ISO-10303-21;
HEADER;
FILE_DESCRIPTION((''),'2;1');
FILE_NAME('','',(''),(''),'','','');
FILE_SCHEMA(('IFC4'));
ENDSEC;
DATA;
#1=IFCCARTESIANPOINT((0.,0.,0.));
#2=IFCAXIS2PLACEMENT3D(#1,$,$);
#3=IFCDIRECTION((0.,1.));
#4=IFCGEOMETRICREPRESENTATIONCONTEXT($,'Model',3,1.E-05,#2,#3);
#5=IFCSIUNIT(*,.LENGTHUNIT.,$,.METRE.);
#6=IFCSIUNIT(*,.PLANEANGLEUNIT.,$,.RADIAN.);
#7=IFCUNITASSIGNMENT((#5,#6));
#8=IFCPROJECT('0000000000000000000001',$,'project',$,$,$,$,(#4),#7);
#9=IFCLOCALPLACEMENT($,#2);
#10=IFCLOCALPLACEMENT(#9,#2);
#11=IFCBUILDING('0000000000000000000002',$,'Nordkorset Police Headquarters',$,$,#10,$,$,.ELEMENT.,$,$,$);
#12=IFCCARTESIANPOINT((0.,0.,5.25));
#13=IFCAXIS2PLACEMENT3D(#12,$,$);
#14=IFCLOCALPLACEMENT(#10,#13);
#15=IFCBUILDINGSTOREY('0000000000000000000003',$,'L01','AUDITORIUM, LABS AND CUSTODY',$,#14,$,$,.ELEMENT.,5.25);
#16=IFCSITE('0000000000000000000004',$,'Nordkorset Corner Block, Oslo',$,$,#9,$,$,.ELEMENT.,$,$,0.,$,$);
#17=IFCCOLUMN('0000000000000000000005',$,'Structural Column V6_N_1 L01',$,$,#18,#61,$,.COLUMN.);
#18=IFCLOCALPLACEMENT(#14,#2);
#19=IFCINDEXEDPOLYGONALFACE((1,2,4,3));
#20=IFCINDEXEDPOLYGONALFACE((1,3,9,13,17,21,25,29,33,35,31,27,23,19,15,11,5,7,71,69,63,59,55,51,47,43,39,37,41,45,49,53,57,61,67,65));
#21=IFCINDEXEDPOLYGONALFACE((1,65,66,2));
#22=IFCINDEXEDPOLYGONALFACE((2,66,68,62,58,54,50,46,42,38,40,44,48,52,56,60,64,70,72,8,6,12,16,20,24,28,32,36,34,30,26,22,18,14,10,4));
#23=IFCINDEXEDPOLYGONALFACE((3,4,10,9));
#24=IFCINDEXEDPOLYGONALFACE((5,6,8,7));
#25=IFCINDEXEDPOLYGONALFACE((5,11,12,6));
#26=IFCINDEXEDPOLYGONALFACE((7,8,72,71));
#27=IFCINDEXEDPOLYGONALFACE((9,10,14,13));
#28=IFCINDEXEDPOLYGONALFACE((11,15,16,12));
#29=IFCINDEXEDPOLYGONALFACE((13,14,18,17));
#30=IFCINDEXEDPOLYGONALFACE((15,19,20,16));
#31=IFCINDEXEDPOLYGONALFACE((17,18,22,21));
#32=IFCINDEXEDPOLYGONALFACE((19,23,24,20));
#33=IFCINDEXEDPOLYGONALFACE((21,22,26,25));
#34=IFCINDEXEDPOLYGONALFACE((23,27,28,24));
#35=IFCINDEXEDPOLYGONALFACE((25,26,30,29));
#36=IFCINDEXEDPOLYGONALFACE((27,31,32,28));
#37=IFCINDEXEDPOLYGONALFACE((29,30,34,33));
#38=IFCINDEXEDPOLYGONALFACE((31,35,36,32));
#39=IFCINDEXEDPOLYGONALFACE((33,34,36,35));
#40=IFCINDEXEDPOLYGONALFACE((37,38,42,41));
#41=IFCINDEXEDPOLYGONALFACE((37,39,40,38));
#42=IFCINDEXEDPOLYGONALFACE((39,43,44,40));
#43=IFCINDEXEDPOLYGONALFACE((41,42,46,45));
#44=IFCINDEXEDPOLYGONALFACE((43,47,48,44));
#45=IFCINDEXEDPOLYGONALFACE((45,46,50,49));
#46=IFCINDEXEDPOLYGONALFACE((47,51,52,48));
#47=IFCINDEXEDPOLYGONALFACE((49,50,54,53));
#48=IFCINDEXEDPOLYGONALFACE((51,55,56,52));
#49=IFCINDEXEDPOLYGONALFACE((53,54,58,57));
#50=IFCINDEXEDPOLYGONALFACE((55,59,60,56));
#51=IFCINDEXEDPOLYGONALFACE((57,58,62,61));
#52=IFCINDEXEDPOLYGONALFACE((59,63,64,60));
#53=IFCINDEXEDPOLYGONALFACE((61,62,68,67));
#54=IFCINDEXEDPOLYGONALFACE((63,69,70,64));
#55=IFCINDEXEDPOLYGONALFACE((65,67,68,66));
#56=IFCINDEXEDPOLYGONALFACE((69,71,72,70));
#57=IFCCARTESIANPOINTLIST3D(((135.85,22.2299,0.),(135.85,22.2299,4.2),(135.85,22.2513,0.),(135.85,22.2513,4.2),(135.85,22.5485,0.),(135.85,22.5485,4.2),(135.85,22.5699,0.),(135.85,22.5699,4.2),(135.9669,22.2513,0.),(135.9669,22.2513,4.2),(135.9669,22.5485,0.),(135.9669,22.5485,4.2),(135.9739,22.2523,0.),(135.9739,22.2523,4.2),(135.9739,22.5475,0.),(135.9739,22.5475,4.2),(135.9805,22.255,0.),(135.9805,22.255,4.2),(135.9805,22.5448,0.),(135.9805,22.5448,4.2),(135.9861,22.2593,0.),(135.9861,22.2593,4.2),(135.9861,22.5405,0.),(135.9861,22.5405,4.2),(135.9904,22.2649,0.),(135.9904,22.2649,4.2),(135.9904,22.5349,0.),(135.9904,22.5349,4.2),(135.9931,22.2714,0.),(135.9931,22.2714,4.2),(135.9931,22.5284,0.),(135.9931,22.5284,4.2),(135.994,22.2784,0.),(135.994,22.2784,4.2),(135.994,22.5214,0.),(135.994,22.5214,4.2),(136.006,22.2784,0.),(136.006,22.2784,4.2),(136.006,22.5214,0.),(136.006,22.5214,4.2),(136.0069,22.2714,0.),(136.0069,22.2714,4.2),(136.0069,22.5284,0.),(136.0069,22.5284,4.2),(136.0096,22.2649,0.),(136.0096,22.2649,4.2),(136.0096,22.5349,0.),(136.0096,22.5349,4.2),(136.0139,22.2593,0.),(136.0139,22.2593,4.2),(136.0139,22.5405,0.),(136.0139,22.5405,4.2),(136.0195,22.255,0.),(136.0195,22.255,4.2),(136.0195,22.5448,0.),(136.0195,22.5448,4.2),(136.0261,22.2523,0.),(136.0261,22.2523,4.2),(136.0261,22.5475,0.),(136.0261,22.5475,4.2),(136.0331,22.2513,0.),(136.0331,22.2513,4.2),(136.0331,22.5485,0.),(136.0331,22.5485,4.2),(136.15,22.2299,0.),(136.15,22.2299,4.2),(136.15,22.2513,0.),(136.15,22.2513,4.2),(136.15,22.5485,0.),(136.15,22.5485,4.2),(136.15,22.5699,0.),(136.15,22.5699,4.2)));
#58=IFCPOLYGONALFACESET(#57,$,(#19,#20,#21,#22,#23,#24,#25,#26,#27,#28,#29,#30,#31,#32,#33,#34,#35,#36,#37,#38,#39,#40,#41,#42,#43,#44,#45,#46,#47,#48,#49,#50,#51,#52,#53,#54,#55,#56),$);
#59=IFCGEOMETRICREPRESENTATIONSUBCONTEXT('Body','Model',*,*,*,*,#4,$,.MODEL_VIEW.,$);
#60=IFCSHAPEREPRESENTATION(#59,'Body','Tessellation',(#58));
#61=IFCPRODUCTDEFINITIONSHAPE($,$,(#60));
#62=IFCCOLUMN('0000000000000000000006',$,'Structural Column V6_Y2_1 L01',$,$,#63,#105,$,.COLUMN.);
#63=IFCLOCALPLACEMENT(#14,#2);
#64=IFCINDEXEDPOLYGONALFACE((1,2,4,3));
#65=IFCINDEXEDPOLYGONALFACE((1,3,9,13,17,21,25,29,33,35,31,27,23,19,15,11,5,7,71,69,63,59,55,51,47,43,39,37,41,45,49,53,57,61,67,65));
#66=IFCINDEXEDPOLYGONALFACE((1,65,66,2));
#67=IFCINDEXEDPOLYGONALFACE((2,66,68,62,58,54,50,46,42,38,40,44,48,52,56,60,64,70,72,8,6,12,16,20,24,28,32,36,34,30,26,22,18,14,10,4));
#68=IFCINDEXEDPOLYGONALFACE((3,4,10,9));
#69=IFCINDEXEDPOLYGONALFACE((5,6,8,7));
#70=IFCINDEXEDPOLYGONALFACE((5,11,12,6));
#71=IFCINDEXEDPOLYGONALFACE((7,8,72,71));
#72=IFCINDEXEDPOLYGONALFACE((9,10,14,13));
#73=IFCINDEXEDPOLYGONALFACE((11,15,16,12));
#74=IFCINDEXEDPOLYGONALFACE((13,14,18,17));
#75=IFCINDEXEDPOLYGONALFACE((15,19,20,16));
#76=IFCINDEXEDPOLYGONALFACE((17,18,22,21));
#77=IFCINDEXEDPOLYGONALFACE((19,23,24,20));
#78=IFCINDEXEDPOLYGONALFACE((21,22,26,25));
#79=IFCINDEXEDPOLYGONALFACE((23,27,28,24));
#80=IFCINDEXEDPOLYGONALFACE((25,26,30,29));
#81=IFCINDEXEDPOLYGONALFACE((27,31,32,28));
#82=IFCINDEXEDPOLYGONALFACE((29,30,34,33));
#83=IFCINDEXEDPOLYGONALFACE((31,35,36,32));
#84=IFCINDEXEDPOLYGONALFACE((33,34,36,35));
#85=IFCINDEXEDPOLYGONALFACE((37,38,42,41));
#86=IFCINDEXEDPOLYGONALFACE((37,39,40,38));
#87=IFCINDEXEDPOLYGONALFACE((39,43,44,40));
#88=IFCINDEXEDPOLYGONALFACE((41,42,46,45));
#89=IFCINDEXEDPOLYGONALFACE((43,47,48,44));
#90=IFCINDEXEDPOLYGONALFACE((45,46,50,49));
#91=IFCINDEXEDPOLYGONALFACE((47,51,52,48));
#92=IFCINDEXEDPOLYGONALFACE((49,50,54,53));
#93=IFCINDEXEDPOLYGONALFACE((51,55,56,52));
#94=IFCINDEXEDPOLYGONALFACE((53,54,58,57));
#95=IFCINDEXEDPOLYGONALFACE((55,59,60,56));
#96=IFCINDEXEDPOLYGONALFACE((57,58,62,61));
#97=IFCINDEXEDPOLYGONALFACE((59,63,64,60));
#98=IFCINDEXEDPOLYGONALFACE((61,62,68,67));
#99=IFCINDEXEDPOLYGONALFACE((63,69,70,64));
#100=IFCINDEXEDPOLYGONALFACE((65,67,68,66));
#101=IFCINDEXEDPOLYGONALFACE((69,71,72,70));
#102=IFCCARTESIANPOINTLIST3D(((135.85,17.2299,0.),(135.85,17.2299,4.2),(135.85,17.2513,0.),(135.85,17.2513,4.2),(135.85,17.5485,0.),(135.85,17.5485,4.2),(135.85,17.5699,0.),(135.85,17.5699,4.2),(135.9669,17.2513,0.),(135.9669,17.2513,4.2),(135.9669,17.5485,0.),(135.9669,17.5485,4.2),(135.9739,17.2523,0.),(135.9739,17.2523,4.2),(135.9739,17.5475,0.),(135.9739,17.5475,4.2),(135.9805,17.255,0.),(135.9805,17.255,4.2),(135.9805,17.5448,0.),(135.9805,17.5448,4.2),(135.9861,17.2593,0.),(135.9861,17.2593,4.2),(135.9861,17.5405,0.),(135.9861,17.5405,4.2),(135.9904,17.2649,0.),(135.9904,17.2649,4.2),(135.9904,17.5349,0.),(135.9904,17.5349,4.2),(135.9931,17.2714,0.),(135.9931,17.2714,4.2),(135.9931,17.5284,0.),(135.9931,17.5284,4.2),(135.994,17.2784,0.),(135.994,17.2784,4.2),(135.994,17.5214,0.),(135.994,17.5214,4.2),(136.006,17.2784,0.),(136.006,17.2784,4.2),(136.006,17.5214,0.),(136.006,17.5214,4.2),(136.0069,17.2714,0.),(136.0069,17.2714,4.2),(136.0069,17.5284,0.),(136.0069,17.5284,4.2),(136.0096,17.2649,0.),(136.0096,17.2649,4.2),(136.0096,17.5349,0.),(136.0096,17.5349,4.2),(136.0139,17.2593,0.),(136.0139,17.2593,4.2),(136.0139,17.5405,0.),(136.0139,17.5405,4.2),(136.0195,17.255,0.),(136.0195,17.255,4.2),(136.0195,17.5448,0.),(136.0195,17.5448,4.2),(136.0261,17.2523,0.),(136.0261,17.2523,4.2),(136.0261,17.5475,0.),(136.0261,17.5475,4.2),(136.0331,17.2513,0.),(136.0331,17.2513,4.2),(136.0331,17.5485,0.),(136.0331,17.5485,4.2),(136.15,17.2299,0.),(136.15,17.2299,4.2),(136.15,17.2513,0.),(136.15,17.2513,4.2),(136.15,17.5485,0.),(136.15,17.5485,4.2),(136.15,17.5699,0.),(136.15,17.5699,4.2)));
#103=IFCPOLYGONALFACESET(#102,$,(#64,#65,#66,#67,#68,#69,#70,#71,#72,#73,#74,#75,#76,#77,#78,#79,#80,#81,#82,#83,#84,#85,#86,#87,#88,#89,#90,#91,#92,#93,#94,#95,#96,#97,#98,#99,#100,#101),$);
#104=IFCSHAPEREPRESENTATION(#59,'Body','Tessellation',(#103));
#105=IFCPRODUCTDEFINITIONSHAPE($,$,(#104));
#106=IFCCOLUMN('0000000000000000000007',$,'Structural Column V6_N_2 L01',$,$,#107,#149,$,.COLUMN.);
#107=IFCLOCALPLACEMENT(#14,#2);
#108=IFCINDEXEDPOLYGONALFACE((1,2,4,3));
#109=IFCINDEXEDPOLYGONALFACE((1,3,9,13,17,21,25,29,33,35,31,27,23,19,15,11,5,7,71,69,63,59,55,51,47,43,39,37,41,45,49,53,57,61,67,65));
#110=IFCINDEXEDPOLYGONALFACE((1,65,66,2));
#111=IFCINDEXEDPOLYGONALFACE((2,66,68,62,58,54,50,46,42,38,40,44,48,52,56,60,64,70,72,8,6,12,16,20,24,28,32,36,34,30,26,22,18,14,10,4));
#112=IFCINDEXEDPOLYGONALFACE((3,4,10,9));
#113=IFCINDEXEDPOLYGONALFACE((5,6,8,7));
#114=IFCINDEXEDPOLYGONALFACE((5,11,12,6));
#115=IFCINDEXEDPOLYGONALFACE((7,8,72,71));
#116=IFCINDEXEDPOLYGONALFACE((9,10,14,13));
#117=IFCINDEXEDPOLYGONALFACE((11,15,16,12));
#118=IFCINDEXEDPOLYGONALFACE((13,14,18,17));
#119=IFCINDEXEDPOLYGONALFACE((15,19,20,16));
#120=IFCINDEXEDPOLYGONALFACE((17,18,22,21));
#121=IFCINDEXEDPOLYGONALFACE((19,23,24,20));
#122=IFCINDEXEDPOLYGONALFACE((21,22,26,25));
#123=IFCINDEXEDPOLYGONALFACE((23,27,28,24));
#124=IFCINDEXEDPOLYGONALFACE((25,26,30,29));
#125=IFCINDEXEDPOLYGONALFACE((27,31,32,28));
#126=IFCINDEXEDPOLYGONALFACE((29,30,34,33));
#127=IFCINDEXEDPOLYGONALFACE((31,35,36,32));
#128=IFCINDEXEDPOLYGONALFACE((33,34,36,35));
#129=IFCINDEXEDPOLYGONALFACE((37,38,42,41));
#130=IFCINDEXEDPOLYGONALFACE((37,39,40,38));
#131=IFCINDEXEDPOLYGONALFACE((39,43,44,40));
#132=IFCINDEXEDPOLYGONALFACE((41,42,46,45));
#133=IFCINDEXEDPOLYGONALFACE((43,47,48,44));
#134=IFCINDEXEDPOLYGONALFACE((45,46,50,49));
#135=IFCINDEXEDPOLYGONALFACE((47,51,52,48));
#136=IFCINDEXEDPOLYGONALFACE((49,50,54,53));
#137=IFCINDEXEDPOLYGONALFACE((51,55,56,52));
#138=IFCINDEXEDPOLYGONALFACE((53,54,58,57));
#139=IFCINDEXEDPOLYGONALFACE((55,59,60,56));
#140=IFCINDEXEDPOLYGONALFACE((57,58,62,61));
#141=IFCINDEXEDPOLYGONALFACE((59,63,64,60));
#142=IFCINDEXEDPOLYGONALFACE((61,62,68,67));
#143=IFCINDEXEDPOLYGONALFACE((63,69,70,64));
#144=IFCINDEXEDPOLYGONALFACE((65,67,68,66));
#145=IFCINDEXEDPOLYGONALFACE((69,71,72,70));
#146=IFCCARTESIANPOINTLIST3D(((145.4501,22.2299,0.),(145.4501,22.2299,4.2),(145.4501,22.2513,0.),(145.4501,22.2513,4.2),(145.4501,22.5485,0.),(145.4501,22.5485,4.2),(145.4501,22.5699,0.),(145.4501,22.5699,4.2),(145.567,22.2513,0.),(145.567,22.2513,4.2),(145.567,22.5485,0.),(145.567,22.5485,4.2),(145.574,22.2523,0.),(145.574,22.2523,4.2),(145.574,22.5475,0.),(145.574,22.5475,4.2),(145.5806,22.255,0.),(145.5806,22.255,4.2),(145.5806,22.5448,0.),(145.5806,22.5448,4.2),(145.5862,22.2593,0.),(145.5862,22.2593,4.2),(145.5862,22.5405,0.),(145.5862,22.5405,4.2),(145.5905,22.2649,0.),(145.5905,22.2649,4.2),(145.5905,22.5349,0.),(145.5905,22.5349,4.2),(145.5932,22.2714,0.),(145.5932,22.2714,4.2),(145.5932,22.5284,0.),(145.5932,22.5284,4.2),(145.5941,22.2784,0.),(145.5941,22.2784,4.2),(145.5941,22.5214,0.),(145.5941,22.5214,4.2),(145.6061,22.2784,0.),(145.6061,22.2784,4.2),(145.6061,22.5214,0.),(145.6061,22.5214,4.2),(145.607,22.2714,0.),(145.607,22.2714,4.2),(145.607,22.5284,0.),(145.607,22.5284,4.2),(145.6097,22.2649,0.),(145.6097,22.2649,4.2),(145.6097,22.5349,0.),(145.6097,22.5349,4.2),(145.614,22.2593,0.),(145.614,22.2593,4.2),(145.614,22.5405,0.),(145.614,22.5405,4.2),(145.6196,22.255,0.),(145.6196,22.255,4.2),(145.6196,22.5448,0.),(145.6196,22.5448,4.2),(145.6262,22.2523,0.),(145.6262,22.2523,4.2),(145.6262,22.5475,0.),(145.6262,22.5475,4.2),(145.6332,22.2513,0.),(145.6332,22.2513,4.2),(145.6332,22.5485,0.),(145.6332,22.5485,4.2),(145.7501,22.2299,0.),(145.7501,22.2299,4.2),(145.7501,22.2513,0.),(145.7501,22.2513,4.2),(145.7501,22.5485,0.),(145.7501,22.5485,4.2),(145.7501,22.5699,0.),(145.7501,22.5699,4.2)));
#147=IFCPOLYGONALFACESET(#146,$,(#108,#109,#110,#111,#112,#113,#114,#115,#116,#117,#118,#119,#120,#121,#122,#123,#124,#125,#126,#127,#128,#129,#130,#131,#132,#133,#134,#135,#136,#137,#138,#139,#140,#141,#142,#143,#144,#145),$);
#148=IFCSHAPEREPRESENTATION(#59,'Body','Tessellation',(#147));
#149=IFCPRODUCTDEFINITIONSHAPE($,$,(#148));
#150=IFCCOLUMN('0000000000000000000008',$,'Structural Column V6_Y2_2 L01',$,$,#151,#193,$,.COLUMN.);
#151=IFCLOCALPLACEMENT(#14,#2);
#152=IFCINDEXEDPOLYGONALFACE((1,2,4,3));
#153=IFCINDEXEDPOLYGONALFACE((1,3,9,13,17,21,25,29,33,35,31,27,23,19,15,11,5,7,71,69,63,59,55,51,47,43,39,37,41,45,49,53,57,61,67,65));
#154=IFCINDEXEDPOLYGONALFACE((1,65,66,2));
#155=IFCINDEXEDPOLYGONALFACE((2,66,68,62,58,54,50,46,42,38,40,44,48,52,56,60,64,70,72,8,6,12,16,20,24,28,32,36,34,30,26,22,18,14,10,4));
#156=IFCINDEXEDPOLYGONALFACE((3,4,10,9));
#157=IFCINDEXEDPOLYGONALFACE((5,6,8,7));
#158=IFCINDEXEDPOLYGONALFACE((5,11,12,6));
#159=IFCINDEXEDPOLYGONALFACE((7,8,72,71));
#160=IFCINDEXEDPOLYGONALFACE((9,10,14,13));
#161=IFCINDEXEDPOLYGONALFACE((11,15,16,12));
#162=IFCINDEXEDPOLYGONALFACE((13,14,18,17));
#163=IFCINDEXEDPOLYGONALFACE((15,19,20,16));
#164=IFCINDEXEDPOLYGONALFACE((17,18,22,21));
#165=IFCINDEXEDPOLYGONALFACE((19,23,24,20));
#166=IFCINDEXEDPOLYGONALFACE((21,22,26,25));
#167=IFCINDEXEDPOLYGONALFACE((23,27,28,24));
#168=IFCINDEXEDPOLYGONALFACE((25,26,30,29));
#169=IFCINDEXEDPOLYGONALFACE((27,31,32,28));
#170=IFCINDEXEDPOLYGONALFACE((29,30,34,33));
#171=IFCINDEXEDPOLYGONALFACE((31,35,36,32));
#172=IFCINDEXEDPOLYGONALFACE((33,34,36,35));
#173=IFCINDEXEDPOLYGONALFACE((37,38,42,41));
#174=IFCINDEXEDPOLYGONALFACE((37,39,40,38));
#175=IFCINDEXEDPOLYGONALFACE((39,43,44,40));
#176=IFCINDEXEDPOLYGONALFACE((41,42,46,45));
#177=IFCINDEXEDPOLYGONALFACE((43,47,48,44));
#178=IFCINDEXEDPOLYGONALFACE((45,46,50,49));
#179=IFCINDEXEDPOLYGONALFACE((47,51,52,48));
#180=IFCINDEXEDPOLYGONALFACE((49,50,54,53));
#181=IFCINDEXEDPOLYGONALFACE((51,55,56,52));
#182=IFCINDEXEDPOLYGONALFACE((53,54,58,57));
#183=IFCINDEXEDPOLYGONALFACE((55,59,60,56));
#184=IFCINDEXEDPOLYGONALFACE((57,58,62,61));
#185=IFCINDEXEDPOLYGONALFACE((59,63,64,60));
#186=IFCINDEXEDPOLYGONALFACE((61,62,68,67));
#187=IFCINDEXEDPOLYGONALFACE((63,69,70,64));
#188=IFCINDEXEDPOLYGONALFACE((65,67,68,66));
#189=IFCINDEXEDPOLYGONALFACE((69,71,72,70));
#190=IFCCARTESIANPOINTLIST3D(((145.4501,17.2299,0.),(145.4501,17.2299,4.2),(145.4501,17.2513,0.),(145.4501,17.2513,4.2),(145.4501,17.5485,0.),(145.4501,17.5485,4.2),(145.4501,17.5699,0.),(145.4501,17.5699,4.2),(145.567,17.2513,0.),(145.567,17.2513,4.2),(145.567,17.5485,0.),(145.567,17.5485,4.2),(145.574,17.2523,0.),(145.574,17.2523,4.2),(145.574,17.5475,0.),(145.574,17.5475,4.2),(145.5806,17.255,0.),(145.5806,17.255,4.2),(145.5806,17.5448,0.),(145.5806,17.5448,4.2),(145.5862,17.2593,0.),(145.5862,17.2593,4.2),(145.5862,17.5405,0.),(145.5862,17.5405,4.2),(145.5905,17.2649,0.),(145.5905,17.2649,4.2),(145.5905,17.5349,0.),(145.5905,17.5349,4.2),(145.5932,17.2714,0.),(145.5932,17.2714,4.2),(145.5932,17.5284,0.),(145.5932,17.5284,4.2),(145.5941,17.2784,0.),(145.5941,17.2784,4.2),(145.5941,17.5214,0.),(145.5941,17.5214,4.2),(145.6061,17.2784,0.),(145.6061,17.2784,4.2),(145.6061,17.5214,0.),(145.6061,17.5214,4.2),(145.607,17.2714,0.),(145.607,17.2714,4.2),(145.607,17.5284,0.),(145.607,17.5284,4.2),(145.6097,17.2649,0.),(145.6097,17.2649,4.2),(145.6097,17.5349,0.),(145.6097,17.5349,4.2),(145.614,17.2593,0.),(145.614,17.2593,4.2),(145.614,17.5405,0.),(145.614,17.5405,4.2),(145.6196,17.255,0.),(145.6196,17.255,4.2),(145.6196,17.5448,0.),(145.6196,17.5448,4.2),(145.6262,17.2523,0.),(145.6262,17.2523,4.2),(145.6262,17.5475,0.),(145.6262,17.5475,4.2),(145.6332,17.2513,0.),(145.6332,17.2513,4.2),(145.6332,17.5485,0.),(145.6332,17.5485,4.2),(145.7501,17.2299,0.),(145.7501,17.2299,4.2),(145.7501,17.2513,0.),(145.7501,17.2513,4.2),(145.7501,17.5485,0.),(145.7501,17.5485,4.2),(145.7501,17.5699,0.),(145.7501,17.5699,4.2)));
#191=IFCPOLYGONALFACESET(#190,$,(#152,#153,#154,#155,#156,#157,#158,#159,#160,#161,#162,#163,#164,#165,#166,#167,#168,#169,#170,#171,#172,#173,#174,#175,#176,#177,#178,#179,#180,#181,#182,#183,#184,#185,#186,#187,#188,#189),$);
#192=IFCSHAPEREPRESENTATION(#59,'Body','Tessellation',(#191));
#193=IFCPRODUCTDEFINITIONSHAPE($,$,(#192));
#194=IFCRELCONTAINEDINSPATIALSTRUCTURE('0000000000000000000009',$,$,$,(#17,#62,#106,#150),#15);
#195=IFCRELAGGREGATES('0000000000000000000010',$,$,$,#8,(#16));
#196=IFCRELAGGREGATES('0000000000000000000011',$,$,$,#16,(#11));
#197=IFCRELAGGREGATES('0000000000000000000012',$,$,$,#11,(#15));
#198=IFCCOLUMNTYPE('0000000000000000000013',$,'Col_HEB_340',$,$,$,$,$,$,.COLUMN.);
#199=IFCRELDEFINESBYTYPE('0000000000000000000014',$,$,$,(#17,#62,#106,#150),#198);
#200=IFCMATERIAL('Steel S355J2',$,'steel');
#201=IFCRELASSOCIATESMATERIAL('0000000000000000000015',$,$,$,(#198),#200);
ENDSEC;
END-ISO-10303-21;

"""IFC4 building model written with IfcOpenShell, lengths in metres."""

from ifc_helpers import new_model, si_unit, direction, frame, origin, origin_2d, place, context, subcontext, project, spatial, i_section, extrude, material, material_profile, profile_set, type_object, element, save


model = new_model("IFC4")

# Units and contexts
model_context = context("Model", 3, precision=1e-05, world=origin(), true_north=direction((0.0, 1.0)))
body_context = subcontext(model_context, "Body", "Model", "MODEL_VIEW")
ifc_project = project(units=[si_unit("LENGTHUNIT", "METRE"), si_unit("PLANEANGLEUNIT", "RADIAN")], contexts=[model_context])

# Site, building, storey
site_placement = place(None, origin())
site = spatial("IfcSite", under=ifc_project, at=site_placement, Name="Nordkorset Corner Block, Oslo", CompositionType="ELEMENT", RefElevation=0.0)
building_placement = place(site_placement, origin())
building = spatial("IfcBuilding", under=site, at=building_placement, Name="Nordkorset Police Headquarters", CompositionType="ELEMENT")
storey_placement = place(building_placement, frame((0.0, 0.0, 5.25)))
storey = spatial("IfcBuildingStorey", under=building, at=storey_placement, Name="L01", Description="AUDITORIUM, LABS AND CUSTODY", CompositionType="ELEMENT", Elevation=5.25)

# Columns
ifc_material_1 = material(Name="Steel S355J2", Category="steel")
ifc_material_profile_1 = material_profile(ifc_material_1, i_section(OverallWidth=0.3, OverallDepth=0.3401, WebThickness=0.012, FlangeThickness=0.0215, FilletRadius=0.0271, at=origin_2d()), Name="HEB 340")
ifc_profile_set_1 = profile_set([ifc_material_profile_1], Name="Steel S355J2")
column_type = type_object("IfcColumnType", Name="Col_HEB_340", PredefinedType="COLUMN", material=ifc_profile_set_1)
for number, where, z_axis, x_axis, name in (
    (1, (136.0, 22.3999, 0.0), (0.0, 0.0, 1.0), (1.0, 0.0, 0.0), "Structural Column V6_N_1 L01"),
    (2, (136.0, 17.3999, 0.0), (0.0, 0.0, 1.0), (1.0, 0.0, 0.0), "Structural Column V6_Y2_1 L01"),
    (3, (145.6001, 22.3999, 0.0), (0.0, 0.0, 1.0), (1.0, 0.0, 0.0), "Structural Column V6_N_2 L01"),
    (4, (145.6001, 17.3999, 0.0), (0.0, 0.0, 1.0), (1.0, 0.0, 0.0), "Structural Column V6_Y2_2 L01"),
):
    element("IfcColumn", number, at=place(storey_placement, frame(where, z_axis=z_axis, x_axis=x_axis)), inside=storey, type_object=column_type, Name=name, PredefinedType="COLUMN", context=body_context, shape_type="SweptSolid", body=[
        extrude(i_section(OverallWidth=0.3, OverallDepth=0.3401, WebThickness=0.012, FlangeThickness=0.0215, FilletRadius=0.0271, at=origin_2d()), origin(), (0.0, 0.0, 1.0), 4.2),
    ])

save(model, "model.ifc")
